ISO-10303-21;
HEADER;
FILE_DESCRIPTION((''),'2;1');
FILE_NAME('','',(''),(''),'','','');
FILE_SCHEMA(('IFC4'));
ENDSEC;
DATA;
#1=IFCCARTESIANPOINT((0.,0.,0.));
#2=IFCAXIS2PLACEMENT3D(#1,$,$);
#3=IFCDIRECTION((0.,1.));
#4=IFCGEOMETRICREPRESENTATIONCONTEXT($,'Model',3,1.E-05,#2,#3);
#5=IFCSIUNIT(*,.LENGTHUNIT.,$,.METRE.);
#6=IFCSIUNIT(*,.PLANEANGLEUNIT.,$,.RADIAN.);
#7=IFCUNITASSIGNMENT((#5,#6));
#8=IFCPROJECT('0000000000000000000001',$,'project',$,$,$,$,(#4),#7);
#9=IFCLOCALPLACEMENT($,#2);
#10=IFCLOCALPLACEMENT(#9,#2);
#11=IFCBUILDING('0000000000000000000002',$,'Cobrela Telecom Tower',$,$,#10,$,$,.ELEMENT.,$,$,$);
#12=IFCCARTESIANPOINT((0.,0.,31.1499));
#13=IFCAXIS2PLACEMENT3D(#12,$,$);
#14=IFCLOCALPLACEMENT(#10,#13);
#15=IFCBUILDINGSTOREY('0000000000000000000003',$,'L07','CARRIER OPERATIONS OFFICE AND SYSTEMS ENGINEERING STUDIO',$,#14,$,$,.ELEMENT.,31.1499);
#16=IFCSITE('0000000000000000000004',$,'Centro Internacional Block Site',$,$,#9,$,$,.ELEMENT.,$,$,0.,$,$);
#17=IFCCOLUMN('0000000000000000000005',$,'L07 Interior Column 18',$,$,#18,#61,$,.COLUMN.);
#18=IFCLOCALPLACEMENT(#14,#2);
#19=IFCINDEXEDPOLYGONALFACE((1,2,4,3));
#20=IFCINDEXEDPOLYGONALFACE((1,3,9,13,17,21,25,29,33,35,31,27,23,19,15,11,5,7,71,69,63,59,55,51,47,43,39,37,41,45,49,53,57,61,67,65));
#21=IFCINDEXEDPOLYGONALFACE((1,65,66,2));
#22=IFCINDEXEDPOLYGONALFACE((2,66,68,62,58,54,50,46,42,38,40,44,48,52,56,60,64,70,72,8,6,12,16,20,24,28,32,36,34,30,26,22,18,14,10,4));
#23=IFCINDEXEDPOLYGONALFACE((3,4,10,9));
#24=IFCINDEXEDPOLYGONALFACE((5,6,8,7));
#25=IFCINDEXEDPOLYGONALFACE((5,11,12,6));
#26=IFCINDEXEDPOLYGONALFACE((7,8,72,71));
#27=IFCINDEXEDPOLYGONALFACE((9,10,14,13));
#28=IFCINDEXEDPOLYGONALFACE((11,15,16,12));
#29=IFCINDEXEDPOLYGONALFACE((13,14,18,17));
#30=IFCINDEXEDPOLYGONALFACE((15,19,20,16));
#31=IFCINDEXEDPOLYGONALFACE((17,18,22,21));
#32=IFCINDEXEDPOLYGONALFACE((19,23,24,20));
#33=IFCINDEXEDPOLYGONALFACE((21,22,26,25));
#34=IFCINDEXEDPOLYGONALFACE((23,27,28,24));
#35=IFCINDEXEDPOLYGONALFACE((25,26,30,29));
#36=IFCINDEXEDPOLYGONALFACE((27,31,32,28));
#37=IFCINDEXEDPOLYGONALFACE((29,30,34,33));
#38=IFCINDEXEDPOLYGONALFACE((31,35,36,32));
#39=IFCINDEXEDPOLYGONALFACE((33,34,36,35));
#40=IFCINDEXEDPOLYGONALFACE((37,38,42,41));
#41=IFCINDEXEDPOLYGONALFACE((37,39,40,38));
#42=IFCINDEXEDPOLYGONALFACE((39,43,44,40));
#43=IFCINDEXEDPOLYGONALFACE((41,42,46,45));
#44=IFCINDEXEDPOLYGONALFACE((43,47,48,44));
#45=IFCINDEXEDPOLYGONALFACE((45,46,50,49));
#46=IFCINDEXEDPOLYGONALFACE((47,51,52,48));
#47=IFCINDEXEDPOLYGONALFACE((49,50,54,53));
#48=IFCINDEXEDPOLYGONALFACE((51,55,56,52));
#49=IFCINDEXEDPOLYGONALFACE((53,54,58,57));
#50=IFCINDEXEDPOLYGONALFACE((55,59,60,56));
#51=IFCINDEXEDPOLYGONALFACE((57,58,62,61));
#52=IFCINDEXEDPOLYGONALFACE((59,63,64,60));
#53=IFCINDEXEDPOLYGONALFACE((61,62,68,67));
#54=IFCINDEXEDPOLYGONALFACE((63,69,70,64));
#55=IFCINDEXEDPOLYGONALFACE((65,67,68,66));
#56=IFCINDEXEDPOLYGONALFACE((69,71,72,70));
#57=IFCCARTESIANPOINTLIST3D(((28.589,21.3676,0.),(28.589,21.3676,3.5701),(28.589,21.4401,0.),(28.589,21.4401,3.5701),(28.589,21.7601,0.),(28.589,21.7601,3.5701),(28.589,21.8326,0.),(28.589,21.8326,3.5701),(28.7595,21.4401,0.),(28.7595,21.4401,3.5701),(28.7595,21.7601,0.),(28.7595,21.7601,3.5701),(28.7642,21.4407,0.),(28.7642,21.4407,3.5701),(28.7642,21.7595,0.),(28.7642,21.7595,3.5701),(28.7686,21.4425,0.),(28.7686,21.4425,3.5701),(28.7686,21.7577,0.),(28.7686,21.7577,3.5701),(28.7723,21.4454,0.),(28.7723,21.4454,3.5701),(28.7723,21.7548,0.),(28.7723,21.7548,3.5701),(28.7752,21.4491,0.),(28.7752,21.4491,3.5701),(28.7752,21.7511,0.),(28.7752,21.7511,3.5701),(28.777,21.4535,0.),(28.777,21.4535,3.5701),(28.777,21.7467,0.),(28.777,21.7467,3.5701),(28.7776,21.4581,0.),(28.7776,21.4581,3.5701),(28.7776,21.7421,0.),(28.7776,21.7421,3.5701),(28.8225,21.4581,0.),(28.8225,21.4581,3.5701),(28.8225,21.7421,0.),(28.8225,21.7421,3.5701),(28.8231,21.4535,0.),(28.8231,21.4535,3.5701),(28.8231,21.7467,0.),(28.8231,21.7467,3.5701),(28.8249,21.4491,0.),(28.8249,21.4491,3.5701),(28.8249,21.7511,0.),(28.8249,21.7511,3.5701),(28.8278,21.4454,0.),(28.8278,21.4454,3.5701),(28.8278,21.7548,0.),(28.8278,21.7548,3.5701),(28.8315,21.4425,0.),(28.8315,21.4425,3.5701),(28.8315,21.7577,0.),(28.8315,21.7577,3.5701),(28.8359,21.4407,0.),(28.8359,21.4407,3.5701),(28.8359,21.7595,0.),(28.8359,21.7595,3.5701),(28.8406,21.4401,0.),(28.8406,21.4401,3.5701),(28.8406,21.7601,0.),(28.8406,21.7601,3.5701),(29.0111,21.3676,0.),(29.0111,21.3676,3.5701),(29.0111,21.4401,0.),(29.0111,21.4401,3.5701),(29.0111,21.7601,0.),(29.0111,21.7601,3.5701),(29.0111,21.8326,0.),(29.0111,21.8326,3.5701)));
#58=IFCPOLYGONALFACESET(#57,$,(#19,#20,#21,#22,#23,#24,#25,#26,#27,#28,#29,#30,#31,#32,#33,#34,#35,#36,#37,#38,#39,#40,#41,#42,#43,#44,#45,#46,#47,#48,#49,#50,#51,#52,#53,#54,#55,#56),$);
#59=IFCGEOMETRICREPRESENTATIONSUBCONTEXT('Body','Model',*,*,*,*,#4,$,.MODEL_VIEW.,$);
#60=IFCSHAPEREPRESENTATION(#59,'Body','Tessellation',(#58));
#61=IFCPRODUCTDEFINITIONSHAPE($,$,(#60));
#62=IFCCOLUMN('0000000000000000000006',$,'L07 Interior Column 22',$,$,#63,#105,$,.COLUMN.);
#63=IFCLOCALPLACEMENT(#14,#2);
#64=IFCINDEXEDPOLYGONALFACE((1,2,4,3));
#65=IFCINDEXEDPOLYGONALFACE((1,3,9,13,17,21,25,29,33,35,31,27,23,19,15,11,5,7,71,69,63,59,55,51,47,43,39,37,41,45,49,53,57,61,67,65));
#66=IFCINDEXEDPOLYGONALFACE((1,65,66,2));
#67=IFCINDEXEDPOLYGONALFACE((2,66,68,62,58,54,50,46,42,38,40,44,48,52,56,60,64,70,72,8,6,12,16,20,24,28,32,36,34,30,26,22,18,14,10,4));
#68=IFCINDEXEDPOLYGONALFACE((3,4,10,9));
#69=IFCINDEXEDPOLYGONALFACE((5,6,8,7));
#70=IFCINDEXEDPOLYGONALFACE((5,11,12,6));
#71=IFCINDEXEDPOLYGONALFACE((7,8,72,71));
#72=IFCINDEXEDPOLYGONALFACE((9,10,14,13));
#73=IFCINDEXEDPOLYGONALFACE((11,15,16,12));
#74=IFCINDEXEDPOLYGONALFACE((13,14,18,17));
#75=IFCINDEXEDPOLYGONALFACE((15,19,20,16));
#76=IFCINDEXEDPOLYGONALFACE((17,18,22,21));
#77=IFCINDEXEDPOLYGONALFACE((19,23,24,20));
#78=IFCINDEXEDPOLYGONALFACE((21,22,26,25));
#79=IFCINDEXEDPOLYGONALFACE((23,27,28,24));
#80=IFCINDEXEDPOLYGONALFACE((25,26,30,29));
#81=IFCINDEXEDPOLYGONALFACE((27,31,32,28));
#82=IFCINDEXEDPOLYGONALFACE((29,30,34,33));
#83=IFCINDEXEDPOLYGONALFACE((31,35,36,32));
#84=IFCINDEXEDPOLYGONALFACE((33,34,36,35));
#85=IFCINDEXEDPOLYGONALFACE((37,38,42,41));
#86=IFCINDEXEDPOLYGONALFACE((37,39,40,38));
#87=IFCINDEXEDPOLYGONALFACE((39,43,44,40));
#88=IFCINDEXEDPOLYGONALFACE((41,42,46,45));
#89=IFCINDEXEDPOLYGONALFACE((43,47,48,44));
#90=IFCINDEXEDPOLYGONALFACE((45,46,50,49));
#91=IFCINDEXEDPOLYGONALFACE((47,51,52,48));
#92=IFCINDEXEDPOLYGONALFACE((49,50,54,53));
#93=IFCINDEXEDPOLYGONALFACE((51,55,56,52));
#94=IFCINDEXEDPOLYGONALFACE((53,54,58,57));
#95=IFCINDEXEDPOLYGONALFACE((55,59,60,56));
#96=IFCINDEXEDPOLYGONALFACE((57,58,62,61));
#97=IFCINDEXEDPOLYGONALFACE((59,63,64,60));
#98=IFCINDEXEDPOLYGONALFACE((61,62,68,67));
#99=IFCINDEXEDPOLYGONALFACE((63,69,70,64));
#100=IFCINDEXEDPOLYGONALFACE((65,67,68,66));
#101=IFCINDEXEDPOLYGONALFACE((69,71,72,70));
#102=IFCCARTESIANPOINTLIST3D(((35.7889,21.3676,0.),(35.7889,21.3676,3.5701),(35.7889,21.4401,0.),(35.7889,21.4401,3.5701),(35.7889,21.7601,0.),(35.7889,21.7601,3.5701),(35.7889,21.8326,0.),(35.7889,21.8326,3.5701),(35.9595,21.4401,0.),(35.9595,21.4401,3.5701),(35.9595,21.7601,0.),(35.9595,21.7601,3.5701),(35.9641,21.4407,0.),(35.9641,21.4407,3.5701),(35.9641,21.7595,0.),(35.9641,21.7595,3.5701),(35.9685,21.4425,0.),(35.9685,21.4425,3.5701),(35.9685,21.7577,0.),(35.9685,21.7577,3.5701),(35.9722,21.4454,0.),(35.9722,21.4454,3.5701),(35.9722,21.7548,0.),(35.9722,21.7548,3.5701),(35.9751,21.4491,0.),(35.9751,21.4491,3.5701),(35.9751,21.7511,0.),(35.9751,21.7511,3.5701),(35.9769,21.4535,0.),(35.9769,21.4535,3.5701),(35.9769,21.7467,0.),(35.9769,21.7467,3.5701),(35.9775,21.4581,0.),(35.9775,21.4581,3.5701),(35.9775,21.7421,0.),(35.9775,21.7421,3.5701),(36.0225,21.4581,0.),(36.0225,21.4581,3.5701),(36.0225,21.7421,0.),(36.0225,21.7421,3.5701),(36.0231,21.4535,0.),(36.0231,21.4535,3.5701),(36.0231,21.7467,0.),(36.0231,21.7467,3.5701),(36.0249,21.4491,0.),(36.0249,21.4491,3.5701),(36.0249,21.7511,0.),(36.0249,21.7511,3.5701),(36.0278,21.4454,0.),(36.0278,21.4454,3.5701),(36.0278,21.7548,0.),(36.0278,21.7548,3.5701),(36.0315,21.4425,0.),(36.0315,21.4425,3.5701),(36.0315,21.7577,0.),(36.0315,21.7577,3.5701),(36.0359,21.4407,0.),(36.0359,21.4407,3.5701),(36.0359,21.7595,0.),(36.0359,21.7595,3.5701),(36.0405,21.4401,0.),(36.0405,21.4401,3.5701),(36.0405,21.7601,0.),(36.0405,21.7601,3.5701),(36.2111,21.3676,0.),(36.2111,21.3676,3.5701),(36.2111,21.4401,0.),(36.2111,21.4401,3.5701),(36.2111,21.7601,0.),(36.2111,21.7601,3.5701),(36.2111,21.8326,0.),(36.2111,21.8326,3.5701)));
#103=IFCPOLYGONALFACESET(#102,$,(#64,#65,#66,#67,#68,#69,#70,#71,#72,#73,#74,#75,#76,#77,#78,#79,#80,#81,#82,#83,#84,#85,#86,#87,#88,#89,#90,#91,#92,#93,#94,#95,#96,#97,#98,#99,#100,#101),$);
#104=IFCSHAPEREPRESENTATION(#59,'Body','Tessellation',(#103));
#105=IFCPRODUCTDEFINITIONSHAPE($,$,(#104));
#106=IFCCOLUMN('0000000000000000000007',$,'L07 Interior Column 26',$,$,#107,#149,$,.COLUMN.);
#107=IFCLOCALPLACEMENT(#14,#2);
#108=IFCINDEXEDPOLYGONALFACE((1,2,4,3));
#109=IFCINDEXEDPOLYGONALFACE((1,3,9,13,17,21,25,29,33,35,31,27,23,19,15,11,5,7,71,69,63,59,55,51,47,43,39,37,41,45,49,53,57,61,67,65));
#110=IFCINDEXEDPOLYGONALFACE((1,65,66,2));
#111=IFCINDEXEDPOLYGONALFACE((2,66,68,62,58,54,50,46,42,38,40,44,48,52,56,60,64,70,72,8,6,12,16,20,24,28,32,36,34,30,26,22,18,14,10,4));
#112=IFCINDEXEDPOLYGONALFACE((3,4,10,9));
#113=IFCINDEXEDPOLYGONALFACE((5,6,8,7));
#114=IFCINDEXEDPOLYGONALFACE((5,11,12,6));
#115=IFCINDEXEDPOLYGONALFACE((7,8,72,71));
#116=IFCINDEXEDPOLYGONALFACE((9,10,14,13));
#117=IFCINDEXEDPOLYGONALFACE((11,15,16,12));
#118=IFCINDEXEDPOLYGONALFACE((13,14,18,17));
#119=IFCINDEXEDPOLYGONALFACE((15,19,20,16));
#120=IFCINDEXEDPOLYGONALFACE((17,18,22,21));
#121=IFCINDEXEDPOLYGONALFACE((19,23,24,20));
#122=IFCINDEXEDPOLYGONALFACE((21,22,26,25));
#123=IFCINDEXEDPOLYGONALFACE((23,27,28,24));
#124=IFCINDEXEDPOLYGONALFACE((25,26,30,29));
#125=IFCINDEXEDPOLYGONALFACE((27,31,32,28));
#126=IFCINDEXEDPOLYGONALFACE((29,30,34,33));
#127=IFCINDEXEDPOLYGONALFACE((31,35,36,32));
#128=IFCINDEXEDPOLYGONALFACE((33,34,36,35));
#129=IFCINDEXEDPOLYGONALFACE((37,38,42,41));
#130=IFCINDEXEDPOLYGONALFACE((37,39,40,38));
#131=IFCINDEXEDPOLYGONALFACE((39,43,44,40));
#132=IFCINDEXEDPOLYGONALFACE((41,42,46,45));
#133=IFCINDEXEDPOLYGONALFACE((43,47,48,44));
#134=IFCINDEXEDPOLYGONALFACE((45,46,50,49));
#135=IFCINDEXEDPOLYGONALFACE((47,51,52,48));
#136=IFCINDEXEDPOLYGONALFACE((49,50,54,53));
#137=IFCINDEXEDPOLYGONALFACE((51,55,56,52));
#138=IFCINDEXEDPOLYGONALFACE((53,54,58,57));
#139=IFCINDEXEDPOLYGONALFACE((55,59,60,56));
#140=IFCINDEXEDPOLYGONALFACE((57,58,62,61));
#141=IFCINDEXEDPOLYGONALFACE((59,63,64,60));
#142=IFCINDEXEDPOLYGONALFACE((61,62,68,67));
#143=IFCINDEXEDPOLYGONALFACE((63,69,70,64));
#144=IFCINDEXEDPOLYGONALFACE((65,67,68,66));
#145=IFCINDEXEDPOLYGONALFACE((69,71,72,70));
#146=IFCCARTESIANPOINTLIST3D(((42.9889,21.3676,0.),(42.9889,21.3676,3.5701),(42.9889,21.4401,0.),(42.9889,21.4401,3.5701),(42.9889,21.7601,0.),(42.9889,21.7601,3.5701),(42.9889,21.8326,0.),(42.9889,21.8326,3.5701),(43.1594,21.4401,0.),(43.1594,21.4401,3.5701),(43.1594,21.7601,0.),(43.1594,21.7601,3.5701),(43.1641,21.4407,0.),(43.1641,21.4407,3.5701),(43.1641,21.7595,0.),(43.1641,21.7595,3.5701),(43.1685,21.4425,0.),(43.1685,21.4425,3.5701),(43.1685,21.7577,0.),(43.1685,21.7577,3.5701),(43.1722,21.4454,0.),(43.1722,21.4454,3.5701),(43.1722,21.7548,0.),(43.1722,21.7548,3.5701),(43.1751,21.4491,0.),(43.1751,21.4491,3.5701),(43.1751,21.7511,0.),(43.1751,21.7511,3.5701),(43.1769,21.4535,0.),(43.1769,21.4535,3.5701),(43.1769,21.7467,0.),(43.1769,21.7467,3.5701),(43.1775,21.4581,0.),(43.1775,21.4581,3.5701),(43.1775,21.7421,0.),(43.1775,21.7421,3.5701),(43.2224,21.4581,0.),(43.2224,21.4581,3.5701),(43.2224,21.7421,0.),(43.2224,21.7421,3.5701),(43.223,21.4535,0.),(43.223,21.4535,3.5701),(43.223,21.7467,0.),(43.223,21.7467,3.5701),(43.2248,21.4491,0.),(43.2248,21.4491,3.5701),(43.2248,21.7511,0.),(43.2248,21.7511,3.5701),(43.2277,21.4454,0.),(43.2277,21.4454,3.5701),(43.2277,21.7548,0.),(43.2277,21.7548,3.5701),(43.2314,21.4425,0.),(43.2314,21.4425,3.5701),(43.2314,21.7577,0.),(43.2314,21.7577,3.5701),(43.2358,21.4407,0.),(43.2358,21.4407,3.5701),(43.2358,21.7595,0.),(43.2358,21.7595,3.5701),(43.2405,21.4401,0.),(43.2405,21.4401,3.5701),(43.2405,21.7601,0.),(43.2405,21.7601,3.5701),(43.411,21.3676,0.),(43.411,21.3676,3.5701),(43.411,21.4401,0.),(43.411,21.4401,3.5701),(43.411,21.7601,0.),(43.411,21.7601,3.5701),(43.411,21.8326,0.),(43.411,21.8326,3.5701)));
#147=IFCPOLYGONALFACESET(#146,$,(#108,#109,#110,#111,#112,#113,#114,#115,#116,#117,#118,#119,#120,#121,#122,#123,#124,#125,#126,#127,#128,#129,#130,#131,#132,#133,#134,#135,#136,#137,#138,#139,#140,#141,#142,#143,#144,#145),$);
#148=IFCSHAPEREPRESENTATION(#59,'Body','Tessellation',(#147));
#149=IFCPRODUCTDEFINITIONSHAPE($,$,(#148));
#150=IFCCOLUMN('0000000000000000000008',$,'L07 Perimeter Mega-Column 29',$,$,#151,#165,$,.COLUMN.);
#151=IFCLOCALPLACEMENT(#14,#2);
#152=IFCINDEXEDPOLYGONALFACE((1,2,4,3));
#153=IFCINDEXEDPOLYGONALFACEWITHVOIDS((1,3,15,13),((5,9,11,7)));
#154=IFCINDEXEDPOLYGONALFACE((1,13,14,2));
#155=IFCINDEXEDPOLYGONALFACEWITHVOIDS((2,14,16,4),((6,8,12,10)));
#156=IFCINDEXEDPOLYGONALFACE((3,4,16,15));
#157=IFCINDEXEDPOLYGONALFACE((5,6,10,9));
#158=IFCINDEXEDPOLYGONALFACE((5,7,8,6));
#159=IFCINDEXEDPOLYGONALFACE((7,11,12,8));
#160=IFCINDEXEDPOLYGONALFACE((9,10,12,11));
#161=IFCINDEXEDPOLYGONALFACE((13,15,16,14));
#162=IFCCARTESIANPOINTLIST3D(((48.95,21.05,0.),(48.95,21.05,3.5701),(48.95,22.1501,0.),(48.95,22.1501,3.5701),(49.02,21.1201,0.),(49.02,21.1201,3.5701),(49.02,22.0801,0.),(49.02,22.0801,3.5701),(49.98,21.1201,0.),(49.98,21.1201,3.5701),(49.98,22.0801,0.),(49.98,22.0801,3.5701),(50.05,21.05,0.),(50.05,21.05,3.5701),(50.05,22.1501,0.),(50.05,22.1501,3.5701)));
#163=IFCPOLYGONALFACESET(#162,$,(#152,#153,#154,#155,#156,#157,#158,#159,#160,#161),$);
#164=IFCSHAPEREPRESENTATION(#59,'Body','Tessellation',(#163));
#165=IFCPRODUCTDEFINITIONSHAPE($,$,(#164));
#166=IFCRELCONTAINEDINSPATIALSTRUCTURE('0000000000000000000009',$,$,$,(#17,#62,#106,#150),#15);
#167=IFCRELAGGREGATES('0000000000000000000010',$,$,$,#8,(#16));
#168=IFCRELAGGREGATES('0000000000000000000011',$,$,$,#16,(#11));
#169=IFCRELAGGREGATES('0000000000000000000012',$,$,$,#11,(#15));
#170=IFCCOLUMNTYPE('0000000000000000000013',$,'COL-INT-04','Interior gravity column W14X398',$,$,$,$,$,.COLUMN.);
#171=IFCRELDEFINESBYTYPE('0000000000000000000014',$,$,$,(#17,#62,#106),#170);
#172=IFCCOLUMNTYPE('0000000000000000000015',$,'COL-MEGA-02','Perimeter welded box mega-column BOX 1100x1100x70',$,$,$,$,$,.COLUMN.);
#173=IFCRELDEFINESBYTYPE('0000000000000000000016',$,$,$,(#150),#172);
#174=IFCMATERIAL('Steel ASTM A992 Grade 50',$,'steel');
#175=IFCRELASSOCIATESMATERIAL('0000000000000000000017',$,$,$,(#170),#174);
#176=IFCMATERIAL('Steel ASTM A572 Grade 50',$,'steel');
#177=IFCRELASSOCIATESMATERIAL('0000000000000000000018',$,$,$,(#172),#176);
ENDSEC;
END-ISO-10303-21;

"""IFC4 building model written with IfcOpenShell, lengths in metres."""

from ifc_helpers import new_model, si_unit, direction, frame, origin, origin_2d, place, context, subcontext, project, spatial, hollow_rectangle, i_section, extrude, material, material_profile, profile_set, type_object, element, save


model = new_model("IFC4")

# Units and contexts
model_context = context("Model", 3, precision=1e-05, world=origin(), true_north=direction((0.0, 1.0)))
body_context = subcontext(model_context, "Body", "Model", "MODEL_VIEW")
ifc_project = project(units=[si_unit("LENGTHUNIT", "METRE"), si_unit("PLANEANGLEUNIT", "RADIAN")], contexts=[model_context])

# Site, building, storey
site_placement = place(None, origin())
site = spatial("IfcSite", under=ifc_project, at=site_placement, Name="Centro Internacional Block Site", CompositionType="ELEMENT", RefElevation=0.0)
building_placement = place(site_placement, origin())
building = spatial("IfcBuilding", under=site, at=building_placement, Name="Cobrela Telecom Tower", CompositionType="ELEMENT")
storey_placement = place(building_placement, frame((0.0, 0.0, 31.1499)))
storey = spatial("IfcBuildingStorey", under=building, at=storey_placement, Name="L07", Description="CARRIER OPERATIONS OFFICE AND SYSTEMS ENGINEERING STUDIO", CompositionType="ELEMENT", Elevation=31.1499)

# Columns
ifc_material_1 = material(Name="Steel ASTM A992 Grade 50", Category="steel")
ifc_material_profile_1 = material_profile(ifc_material_1, i_section(OverallWidth=0.4221, OverallDepth=0.4651, WebThickness=0.0449, FlangeThickness=0.0725, FilletRadius=0.0181, at=origin_2d()), Name="W14X398")
ifc_profile_set_1 = profile_set([ifc_material_profile_1], Name="Steel ASTM A992 Grade 50")
column_type_1 = type_object("IfcColumnType", Name="COL-INT-04", Description="Interior gravity column W14X398", PredefinedType="COLUMN", material=ifc_profile_set_1)
for number, where, z_axis, x_axis, name in (
    (1, (28.8, 21.6001, 0.0), (0.0, 0.0, 1.0), (1.0, 0.0, 0.0), "L07 Interior Column 18"),
    (2, (36.0, 21.6001, 0.0), (0.0, 0.0, 1.0), (1.0, 0.0, 0.0), "L07 Interior Column 22"),
    (3, (43.2, 21.6001, 0.0), (0.0, 0.0, 1.0), (1.0, 0.0, 0.0), "L07 Interior Column 26"),
):
    element("IfcColumn", number, at=place(storey_placement, frame(where, z_axis=z_axis, x_axis=x_axis)), inside=storey, type_object=column_type_1, Name=name, PredefinedType="COLUMN", context=body_context, shape_type="SweptSolid", body=[
        extrude(i_section(OverallWidth=0.4221, OverallDepth=0.4651, WebThickness=0.0449, FlangeThickness=0.0725, FilletRadius=0.0181, at=origin_2d()), origin(), (0.0, 0.0, 1.0), 3.5701),
    ])
ifc_material_2 = material(Name="Steel ASTM A572 Grade 50", Category="steel")
ifc_material_profile_2 = material_profile(ifc_material_2, hollow_rectangle(XDim=1.1001, YDim=1.1001, WallThickness=0.0701, at=origin_2d()), Name="BOX 1100x1100x70")
ifc_profile_set_2 = profile_set([ifc_material_profile_2], Name="Steel ASTM A572 Grade 50")
column_type_2 = type_object("IfcColumnType", Name="COL-MEGA-02", Description="Perimeter welded box mega-column BOX 1100x1100x70", PredefinedType="COLUMN", material=ifc_profile_set_2)
column_placement = place(storey_placement, frame((49.5, 21.6001, 0.0), z_axis=(0.0, 0.0, 1.0), x_axis=(1.0, 0.0, 0.0)))
element("IfcColumn", 4, at=column_placement, inside=storey, type_object=column_type_2, Name="L07 Perimeter Mega-Column 29", PredefinedType="COLUMN", context=body_context, shape_type="SweptSolid", body=[
    extrude(hollow_rectangle(XDim=1.1001, YDim=1.1001, WallThickness=0.0701, at=origin_2d()), origin(), (0.0, 0.0, 1.0), 3.5701),
])

save(model, "model.ifc")
